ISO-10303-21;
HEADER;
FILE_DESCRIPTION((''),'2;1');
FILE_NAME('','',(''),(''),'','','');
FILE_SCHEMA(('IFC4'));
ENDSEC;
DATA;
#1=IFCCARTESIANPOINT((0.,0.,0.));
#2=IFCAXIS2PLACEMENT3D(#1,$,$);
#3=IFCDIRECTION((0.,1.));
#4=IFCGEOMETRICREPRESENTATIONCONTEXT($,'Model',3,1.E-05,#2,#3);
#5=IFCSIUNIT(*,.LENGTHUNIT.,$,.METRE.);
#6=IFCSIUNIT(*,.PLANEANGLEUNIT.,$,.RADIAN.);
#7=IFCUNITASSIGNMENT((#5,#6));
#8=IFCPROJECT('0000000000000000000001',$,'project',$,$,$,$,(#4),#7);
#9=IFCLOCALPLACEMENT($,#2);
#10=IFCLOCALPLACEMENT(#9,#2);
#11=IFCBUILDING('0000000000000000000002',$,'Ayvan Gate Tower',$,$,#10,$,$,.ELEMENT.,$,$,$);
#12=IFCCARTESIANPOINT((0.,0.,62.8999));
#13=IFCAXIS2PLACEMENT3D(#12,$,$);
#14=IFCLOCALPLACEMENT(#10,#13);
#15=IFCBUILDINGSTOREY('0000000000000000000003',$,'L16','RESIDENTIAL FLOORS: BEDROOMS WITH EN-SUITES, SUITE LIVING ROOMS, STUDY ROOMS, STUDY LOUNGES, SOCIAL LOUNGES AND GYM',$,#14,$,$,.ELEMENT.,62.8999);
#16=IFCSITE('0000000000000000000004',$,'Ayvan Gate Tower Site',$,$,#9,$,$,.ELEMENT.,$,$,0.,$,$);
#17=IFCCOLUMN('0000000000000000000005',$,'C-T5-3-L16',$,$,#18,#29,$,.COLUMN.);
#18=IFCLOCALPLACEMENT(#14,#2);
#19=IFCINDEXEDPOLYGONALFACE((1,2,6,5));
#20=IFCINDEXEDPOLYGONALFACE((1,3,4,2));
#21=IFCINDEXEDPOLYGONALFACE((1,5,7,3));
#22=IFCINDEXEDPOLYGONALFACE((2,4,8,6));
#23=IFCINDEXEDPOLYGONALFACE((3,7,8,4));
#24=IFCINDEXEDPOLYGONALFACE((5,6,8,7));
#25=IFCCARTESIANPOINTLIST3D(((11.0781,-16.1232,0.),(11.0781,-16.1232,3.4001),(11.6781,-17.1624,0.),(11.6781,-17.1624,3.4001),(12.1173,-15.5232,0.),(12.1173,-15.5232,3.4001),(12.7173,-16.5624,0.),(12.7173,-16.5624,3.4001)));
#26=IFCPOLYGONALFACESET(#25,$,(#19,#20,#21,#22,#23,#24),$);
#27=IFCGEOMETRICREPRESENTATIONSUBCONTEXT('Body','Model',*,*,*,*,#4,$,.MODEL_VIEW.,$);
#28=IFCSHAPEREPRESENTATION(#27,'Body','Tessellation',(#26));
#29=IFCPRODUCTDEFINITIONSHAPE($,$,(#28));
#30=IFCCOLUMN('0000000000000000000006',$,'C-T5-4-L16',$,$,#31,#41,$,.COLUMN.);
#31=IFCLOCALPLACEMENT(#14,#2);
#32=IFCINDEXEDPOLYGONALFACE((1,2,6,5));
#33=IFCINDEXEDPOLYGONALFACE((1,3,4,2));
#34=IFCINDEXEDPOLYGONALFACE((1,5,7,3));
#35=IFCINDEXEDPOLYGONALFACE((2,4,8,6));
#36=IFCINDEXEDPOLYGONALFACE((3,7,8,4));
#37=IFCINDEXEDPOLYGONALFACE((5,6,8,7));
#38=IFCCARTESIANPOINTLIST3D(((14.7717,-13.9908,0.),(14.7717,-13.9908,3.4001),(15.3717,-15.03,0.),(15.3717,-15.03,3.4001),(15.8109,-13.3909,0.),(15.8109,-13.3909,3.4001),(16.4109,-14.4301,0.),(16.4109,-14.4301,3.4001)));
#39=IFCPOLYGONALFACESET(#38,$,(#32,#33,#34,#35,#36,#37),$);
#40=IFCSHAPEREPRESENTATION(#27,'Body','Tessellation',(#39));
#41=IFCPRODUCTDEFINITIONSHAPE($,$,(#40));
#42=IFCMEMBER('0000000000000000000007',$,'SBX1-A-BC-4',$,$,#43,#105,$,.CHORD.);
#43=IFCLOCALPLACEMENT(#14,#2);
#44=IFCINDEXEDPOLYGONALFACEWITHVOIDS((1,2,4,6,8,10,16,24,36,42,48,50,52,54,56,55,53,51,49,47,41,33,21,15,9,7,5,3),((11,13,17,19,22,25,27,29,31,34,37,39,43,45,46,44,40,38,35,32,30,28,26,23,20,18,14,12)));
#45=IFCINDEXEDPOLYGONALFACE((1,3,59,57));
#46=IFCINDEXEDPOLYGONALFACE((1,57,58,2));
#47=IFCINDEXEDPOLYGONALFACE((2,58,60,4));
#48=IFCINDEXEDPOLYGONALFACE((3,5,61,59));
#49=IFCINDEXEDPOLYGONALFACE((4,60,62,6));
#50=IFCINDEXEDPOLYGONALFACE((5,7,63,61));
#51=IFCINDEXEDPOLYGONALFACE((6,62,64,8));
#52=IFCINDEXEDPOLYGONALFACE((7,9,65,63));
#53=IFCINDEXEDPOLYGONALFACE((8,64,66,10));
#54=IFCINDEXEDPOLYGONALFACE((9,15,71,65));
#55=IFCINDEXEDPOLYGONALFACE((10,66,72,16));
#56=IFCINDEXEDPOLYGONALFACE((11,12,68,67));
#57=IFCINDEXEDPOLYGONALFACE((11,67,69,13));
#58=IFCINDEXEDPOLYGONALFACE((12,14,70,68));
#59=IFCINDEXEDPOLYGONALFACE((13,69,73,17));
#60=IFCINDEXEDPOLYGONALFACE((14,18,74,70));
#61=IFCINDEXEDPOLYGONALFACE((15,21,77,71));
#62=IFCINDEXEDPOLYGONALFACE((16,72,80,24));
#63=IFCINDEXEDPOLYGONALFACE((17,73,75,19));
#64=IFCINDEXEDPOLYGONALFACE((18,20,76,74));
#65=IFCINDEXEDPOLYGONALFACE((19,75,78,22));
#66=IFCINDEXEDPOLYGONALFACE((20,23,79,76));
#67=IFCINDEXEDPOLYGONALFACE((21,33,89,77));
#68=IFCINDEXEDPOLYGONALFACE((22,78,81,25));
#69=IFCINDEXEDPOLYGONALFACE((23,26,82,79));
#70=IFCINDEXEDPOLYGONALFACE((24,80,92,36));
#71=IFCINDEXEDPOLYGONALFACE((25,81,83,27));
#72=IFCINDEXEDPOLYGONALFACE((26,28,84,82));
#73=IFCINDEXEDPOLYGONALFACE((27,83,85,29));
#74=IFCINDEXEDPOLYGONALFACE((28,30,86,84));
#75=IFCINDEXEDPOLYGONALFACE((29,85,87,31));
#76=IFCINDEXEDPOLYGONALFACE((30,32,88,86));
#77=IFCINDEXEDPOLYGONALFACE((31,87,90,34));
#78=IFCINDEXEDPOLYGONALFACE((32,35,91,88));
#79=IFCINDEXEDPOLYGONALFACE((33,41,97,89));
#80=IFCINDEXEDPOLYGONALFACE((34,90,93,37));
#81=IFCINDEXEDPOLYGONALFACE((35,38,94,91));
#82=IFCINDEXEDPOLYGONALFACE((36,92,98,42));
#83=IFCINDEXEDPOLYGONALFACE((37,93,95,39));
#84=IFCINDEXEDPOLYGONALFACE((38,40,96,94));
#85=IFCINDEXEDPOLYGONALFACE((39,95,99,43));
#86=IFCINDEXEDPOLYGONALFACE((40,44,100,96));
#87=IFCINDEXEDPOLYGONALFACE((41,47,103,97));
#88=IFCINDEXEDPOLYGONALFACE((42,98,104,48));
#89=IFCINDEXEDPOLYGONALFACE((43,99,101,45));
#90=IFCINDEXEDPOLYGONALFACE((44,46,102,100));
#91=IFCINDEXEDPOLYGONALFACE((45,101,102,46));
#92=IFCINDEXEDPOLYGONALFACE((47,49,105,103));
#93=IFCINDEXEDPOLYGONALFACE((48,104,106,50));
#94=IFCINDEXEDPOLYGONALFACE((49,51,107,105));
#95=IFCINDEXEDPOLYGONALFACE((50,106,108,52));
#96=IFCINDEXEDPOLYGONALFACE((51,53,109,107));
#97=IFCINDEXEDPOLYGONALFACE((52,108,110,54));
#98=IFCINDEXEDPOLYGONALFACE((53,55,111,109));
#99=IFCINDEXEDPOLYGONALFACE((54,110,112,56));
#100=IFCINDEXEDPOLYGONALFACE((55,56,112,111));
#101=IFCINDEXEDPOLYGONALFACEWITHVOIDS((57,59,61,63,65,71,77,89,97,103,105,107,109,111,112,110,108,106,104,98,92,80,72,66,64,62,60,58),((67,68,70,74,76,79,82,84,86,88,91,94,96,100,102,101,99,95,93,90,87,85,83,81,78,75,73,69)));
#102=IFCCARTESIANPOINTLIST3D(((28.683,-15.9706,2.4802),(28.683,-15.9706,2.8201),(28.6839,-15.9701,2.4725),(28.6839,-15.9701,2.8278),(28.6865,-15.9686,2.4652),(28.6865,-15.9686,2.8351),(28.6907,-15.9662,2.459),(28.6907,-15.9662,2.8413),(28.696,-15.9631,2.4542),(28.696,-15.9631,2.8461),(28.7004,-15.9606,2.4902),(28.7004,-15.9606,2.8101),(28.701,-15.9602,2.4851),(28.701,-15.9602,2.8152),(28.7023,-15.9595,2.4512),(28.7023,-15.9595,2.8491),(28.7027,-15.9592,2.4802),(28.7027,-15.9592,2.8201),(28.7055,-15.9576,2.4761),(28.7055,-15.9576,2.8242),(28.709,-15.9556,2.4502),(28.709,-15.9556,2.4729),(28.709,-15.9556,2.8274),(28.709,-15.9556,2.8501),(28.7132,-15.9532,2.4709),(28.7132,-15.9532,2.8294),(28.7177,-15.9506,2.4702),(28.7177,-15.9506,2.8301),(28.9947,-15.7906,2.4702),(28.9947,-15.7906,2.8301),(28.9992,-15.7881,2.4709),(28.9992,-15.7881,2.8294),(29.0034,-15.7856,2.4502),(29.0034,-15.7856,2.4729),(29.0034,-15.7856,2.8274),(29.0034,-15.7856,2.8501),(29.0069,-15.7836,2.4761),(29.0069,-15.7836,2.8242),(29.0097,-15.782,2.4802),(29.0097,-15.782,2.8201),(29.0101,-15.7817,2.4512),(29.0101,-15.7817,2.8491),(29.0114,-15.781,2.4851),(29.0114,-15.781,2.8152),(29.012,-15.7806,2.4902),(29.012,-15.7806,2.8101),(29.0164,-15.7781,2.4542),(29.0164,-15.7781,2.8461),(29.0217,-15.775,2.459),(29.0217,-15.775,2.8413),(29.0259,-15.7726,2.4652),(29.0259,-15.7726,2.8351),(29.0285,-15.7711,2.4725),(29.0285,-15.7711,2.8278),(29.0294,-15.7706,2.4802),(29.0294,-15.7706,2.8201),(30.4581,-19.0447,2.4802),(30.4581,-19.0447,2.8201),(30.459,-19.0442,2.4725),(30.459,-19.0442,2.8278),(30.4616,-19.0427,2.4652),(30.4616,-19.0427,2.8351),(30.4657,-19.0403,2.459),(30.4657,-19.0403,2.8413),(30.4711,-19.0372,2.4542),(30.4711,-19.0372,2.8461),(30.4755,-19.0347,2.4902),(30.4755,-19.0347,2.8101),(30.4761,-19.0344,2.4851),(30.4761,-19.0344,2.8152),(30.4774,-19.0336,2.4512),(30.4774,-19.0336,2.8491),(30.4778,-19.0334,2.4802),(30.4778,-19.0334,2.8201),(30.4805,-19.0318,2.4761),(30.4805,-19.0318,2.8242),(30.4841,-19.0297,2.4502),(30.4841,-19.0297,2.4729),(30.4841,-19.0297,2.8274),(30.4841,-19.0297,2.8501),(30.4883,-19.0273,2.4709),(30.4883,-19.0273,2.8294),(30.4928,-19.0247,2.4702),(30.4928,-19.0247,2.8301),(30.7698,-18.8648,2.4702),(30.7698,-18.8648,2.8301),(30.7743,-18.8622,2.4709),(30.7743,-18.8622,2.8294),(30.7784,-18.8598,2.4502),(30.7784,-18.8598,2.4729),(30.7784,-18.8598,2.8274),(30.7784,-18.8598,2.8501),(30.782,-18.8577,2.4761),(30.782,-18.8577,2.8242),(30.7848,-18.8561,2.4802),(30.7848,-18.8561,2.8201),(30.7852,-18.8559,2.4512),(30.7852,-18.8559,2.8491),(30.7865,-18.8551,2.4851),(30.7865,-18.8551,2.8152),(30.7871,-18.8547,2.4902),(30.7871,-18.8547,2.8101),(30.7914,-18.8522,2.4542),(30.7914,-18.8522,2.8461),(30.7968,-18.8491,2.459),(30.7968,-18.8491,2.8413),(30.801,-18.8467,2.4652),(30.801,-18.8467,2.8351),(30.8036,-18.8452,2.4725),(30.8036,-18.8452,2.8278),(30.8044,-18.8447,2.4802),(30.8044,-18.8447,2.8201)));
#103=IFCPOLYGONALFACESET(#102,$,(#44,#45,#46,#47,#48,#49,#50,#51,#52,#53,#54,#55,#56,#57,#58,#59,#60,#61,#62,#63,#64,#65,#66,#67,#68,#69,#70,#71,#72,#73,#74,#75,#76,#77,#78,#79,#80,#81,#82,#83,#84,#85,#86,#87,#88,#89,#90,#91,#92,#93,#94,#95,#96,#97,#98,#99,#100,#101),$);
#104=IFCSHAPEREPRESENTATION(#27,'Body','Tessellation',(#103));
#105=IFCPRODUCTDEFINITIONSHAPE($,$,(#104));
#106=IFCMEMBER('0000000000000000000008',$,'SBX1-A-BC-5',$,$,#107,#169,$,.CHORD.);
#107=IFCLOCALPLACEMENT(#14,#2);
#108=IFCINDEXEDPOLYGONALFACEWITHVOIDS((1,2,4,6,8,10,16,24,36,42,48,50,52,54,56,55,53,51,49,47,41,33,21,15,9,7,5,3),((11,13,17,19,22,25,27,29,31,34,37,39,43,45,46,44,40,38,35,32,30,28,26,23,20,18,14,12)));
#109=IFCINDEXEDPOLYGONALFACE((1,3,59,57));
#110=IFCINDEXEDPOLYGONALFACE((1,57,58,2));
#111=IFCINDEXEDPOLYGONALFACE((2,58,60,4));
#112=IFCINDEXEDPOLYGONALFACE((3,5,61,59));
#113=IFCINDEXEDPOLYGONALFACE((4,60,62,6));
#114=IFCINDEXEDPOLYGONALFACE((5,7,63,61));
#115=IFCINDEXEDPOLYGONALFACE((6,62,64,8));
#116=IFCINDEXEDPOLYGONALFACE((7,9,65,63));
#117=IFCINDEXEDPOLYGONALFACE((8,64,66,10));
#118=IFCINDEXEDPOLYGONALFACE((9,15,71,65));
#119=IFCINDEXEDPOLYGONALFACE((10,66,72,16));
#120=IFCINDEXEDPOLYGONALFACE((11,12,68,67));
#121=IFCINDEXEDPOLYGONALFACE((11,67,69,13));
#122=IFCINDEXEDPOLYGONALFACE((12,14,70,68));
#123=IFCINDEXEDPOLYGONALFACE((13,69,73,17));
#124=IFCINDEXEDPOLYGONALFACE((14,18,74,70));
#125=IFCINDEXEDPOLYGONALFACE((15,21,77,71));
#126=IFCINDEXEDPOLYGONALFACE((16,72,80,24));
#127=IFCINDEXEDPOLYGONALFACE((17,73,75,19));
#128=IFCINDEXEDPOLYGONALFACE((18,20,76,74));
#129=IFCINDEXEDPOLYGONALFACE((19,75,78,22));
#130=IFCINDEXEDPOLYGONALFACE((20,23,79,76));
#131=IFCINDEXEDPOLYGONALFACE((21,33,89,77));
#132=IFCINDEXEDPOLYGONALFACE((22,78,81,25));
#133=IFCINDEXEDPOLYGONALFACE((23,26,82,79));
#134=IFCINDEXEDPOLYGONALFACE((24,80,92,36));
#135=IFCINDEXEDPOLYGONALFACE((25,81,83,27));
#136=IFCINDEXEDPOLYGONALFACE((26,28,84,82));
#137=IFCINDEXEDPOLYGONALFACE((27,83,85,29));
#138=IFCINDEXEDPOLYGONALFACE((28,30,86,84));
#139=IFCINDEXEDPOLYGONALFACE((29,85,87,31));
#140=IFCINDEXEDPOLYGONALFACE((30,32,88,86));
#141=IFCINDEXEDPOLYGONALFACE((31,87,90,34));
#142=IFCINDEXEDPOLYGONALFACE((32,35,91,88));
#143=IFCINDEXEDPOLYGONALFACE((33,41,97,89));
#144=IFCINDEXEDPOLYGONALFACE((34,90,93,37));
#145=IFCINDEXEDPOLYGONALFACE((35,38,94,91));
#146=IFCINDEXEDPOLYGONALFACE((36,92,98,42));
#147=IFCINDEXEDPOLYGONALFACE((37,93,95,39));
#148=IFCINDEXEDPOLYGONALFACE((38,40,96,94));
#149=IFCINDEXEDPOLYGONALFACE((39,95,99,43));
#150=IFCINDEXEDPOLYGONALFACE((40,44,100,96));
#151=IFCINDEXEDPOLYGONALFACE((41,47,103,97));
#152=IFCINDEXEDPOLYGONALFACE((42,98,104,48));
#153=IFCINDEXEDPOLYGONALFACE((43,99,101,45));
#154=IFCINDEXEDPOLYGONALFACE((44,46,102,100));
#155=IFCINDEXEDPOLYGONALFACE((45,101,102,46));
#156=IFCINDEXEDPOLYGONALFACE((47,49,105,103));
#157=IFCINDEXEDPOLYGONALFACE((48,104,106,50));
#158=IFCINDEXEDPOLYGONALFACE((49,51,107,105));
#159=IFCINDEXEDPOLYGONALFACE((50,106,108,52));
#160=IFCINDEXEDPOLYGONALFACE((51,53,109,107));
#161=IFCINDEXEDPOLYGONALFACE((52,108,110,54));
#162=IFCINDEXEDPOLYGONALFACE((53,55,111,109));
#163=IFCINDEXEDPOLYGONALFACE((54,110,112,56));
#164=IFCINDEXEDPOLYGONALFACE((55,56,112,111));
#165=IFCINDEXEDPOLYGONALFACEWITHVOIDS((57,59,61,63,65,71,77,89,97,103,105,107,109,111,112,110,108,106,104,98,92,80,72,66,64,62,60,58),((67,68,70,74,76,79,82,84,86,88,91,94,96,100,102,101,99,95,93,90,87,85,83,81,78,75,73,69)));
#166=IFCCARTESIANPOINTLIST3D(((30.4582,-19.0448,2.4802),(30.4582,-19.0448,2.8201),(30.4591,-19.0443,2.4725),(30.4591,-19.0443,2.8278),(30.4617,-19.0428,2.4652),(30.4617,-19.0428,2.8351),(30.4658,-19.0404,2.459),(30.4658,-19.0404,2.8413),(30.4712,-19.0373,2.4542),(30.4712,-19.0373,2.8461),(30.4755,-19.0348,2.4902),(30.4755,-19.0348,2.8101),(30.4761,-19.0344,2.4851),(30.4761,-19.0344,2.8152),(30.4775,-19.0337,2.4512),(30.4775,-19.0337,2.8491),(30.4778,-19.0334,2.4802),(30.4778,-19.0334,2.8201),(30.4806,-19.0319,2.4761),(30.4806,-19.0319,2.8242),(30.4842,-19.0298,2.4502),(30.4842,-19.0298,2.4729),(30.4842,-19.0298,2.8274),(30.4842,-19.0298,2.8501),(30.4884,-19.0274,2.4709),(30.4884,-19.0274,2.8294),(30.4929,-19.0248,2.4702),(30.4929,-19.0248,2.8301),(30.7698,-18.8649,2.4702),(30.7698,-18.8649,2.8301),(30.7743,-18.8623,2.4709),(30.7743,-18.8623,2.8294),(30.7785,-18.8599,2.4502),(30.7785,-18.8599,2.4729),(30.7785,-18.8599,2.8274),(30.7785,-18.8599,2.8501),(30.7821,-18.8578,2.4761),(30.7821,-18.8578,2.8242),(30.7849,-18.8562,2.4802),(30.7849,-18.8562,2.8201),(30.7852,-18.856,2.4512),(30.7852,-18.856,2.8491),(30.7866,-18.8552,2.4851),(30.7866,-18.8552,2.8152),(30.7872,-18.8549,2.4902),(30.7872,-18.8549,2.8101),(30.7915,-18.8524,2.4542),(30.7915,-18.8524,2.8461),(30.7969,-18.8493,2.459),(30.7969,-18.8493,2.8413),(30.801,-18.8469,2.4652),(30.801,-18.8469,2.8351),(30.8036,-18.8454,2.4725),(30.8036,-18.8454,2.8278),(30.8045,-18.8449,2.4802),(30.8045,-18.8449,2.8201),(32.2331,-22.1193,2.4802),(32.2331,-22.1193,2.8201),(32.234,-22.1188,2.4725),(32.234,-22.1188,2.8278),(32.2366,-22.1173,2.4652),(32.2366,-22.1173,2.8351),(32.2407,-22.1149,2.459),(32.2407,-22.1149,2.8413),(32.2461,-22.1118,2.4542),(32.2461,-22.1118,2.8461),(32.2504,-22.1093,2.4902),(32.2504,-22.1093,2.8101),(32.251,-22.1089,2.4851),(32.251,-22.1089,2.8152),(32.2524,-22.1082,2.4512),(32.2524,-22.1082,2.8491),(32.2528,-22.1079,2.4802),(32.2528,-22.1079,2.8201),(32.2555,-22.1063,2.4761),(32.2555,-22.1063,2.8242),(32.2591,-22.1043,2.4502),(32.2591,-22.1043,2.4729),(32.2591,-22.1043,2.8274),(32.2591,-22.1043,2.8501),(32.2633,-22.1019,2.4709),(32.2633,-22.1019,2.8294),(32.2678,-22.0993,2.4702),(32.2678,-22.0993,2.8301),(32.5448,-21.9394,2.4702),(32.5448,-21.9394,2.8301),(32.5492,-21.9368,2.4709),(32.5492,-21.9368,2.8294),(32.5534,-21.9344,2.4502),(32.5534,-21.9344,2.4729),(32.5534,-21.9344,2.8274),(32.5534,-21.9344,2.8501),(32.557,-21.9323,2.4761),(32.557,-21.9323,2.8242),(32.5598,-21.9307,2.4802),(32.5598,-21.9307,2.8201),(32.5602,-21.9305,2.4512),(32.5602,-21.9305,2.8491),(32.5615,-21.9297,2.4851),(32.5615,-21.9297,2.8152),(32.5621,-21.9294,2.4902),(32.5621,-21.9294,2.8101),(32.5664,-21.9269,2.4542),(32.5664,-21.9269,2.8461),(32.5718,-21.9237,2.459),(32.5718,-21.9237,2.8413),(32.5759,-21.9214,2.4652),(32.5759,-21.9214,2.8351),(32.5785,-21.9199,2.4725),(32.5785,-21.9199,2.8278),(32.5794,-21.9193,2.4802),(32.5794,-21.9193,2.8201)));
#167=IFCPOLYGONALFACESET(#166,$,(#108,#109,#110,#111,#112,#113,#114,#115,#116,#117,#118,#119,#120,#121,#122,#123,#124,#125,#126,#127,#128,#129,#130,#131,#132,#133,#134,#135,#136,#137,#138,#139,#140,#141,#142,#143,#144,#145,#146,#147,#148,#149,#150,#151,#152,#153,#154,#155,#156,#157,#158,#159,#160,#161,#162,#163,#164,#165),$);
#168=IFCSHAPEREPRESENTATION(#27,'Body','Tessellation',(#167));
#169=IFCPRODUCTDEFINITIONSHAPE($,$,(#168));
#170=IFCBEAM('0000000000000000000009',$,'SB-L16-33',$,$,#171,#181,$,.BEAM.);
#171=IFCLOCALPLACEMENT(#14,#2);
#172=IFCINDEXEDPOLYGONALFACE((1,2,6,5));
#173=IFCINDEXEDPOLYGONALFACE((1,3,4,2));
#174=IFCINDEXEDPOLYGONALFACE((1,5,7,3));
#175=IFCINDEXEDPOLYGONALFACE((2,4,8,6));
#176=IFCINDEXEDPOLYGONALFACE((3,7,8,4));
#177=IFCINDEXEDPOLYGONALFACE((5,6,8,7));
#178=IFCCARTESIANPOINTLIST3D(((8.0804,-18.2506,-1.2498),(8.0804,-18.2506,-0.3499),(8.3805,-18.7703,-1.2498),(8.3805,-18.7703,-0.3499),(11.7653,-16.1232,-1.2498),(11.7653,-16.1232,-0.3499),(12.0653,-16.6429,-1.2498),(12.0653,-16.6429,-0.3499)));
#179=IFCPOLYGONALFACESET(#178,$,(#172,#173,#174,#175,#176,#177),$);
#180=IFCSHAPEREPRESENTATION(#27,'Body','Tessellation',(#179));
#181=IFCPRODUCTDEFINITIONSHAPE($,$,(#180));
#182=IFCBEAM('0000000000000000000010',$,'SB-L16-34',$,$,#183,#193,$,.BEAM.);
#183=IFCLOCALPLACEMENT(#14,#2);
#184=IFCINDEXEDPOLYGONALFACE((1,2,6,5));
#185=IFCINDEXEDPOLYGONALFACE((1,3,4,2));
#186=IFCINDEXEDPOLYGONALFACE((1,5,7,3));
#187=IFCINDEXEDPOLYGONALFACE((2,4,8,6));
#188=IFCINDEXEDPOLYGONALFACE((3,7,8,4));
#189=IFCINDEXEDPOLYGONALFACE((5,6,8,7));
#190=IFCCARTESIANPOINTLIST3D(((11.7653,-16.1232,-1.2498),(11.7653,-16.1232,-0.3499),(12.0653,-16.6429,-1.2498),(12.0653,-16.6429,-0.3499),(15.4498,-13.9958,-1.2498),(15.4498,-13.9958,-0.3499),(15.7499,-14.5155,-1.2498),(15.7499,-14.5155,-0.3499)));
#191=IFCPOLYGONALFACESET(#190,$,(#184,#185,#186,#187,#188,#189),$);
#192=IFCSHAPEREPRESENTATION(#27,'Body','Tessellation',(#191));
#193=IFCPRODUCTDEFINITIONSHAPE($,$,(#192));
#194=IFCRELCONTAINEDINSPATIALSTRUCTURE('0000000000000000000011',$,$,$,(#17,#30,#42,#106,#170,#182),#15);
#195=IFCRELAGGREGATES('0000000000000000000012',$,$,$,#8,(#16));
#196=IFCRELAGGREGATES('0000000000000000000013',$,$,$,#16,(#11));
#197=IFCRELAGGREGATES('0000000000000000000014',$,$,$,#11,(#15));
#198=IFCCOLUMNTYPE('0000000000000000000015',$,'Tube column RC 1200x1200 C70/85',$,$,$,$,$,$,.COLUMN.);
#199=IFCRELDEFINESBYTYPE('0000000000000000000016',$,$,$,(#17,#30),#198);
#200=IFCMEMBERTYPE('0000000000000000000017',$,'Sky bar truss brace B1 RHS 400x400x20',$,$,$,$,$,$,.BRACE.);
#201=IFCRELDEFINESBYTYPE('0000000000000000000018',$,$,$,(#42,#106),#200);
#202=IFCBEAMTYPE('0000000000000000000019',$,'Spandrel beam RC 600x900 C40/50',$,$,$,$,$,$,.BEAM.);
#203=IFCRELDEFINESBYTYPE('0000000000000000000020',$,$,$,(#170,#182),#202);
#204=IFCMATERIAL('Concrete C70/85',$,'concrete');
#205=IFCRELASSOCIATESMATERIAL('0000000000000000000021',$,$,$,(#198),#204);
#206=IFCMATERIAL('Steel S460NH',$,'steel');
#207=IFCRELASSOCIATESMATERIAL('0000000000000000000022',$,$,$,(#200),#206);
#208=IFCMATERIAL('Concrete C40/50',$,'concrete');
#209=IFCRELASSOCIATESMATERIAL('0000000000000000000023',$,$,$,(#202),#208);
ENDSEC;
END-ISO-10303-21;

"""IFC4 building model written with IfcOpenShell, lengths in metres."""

from ifc_helpers import new_model, si_unit, direction, frame, origin, origin_2d, place, context, subcontext, project, spatial, rectangle, hollow_rectangle, extrude, material, material_profile, profile_set, type_object, element, save


model = new_model("IFC4")

# Units and contexts
model_context = context("Model", 3, precision=1e-05, world=origin(), true_north=direction((0.0, 1.0)))
body_context = subcontext(model_context, "Body", "Model", "MODEL_VIEW")
ifc_project = project(units=[si_unit("LENGTHUNIT", "METRE"), si_unit("PLANEANGLEUNIT", "RADIAN")], contexts=[model_context])

# Site, building, storey
site_placement = place(None, origin())
site = spatial("IfcSite", under=ifc_project, at=site_placement, Name="Ayvan Gate Tower Site", CompositionType="ELEMENT", RefElevation=0.0)
building_placement = place(site_placement, origin())
building = spatial("IfcBuilding", under=site, at=building_placement, Name="Ayvan Gate Tower", CompositionType="ELEMENT")
storey_placement = place(building_placement, frame((0.0, 0.0, 62.8999)))
storey = spatial("IfcBuildingStorey", under=building, at=storey_placement, Name="L16", Description="RESIDENTIAL FLOORS: BEDROOMS WITH EN-SUITES, SUITE LIVING ROOMS, STUDY ROOMS, STUDY LOUNGES, SOCIAL LOUNGES AND GYM", CompositionType="ELEMENT", Elevation=62.8999)

# Columns
ifc_material_1 = material(Name="Concrete C70/85", Category="concrete")
ifc_material_profile_1 = material_profile(ifc_material_1, rectangle(XDim=1.2, YDim=1.2, at=origin_2d()), Name="RC 1200x1200")
ifc_profile_set_1 = profile_set([ifc_material_profile_1], Name="Concrete C70/85")
column_type = type_object("IfcColumnType", Name="Tube column RC 1200x1200 C70/85", PredefinedType="COLUMN", material=ifc_profile_set_1)
for number, where, z_axis, x_axis, name in (
    (1, (11.8977, -16.3428, 0.0), (0.0, 0.0, 1.0), (0.5, -0.866025, 0.0), "C-T5-3-L16"),
    (2, (15.5913, -14.2104, 0.0), (0.0, 0.0, 1.0), (0.5, -0.866025, 0.0), "C-T5-4-L16"),
):
    element("IfcColumn", number, at=place(storey_placement, frame(where, z_axis=z_axis, x_axis=x_axis)), inside=storey, type_object=column_type, Name=name, PredefinedType="COLUMN", context=body_context, shape_type="SweptSolid", body=[
        extrude(rectangle(XDim=1.2, YDim=1.2, at=origin_2d()), origin(), (0.0, 0.0, 1.0), 3.4001),
    ])

# Members
ifc_material_2 = material(Name="Steel S460NH", Category="steel")
ifc_material_profile_2 = material_profile(ifc_material_2, hollow_rectangle(XDim=0.3999, YDim=0.3999, WallThickness=0.02, InnerFilletRadius=0.02, OuterFilletRadius=0.03, at=origin_2d()), Name="RHS 400x400x20")
ifc_profile_set_2 = profile_set([ifc_material_profile_2], Name="Steel S460NH")
member_type_1 = type_object("IfcMemberType", Name="Sky bar truss brace B1 RHS 400x400x20", PredefinedType="BRACE", material=ifc_profile_set_2)
member_1_placement = place(storey_placement, frame((28.8562, -15.8706, 2.6501), z_axis=(0.500052, -0.865995, 0.0), x_axis=(0.865995, 0.500052, 0.0)))
element("IfcMember", 3, at=member_1_placement, inside=storey, type_object=member_type_1, Name="SBX1-A-BC-4", PredefinedType="CHORD", context=body_context, shape_type="SweptSolid", body=[
    extrude(hollow_rectangle(XDim=0.3999, YDim=0.3999, WallThickness=0.02, InnerFilletRadius=0.02, OuterFilletRadius=0.03, at=origin_2d()), origin(), (0.0, 0.0, 1.0), 3.5498),
])
member_2_placement = place(storey_placement, frame((30.6313, -18.9448, 2.6501), z_axis=(0.49997, -0.866042, 0.0), x_axis=(0.866042, 0.49997, 0.0)))
element("IfcMember", 4, at=member_2_placement, inside=storey, type_object=member_type_1, Name="SBX1-A-BC-5", PredefinedType="CHORD", context=body_context, shape_type="SweptSolid", body=[
    extrude(hollow_rectangle(XDim=0.3999, YDim=0.3999, WallThickness=0.02, InnerFilletRadius=0.02, OuterFilletRadius=0.03, at=origin_2d()), origin(), (0.0, 0.0, 1.0), 3.55),
])

# Beams
ifc_material_3 = material(Name="Concrete C40/50", Category="concrete")
ifc_material_profile_3 = material_profile(ifc_material_3, rectangle(XDim=0.6001, YDim=0.8999, at=origin_2d()), Name="RC 600x900")
ifc_profile_set_3 = profile_set([ifc_material_profile_3], Name="Concrete C40/50")
beam_type = type_object("IfcBeamType", Name="Spandrel beam RC 600x900 C40/50", PredefinedType="BEAM", material=ifc_profile_set_3)
beam_placement = place(storey_placement, frame((8.2305, -18.5105, -0.7998), z_axis=(0.866024, 0.500002, 0.0), x_axis=(-0.500002, 0.866024, 0.0)))
element("IfcBeam", 5, at=beam_placement, inside=storey, type_object=beam_type, Name="SB-L16-33", PredefinedType="BEAM", context=body_context, shape_type="SweptSolid", body=[
    extrude(rectangle(XDim=0.6001, YDim=0.8999, at=origin_2d()), origin(), (0.0, 0.0, 1.0), 4.2549),
])
for number, where, z_axis, x_axis, name in (
    (6, (11.9153, -16.3831, -0.7998), (0.86601, 0.500027, 0.0), (-0.500027, 0.86601, 0.0), "SB-L16-34"),
):
    element("IfcBeam", number, at=place(storey_placement, frame(where, z_axis=z_axis, x_axis=x_axis)), inside=storey, type_object=beam_type, Name=name, PredefinedType="BEAM", context=body_context, shape_type="SweptSolid", body=[
        extrude(rectangle(XDim=0.6001, YDim=0.8999, at=origin_2d()), origin(), (0.0, 0.0, 1.0), 4.2546),
    ])

save(model, "model.ifc")
